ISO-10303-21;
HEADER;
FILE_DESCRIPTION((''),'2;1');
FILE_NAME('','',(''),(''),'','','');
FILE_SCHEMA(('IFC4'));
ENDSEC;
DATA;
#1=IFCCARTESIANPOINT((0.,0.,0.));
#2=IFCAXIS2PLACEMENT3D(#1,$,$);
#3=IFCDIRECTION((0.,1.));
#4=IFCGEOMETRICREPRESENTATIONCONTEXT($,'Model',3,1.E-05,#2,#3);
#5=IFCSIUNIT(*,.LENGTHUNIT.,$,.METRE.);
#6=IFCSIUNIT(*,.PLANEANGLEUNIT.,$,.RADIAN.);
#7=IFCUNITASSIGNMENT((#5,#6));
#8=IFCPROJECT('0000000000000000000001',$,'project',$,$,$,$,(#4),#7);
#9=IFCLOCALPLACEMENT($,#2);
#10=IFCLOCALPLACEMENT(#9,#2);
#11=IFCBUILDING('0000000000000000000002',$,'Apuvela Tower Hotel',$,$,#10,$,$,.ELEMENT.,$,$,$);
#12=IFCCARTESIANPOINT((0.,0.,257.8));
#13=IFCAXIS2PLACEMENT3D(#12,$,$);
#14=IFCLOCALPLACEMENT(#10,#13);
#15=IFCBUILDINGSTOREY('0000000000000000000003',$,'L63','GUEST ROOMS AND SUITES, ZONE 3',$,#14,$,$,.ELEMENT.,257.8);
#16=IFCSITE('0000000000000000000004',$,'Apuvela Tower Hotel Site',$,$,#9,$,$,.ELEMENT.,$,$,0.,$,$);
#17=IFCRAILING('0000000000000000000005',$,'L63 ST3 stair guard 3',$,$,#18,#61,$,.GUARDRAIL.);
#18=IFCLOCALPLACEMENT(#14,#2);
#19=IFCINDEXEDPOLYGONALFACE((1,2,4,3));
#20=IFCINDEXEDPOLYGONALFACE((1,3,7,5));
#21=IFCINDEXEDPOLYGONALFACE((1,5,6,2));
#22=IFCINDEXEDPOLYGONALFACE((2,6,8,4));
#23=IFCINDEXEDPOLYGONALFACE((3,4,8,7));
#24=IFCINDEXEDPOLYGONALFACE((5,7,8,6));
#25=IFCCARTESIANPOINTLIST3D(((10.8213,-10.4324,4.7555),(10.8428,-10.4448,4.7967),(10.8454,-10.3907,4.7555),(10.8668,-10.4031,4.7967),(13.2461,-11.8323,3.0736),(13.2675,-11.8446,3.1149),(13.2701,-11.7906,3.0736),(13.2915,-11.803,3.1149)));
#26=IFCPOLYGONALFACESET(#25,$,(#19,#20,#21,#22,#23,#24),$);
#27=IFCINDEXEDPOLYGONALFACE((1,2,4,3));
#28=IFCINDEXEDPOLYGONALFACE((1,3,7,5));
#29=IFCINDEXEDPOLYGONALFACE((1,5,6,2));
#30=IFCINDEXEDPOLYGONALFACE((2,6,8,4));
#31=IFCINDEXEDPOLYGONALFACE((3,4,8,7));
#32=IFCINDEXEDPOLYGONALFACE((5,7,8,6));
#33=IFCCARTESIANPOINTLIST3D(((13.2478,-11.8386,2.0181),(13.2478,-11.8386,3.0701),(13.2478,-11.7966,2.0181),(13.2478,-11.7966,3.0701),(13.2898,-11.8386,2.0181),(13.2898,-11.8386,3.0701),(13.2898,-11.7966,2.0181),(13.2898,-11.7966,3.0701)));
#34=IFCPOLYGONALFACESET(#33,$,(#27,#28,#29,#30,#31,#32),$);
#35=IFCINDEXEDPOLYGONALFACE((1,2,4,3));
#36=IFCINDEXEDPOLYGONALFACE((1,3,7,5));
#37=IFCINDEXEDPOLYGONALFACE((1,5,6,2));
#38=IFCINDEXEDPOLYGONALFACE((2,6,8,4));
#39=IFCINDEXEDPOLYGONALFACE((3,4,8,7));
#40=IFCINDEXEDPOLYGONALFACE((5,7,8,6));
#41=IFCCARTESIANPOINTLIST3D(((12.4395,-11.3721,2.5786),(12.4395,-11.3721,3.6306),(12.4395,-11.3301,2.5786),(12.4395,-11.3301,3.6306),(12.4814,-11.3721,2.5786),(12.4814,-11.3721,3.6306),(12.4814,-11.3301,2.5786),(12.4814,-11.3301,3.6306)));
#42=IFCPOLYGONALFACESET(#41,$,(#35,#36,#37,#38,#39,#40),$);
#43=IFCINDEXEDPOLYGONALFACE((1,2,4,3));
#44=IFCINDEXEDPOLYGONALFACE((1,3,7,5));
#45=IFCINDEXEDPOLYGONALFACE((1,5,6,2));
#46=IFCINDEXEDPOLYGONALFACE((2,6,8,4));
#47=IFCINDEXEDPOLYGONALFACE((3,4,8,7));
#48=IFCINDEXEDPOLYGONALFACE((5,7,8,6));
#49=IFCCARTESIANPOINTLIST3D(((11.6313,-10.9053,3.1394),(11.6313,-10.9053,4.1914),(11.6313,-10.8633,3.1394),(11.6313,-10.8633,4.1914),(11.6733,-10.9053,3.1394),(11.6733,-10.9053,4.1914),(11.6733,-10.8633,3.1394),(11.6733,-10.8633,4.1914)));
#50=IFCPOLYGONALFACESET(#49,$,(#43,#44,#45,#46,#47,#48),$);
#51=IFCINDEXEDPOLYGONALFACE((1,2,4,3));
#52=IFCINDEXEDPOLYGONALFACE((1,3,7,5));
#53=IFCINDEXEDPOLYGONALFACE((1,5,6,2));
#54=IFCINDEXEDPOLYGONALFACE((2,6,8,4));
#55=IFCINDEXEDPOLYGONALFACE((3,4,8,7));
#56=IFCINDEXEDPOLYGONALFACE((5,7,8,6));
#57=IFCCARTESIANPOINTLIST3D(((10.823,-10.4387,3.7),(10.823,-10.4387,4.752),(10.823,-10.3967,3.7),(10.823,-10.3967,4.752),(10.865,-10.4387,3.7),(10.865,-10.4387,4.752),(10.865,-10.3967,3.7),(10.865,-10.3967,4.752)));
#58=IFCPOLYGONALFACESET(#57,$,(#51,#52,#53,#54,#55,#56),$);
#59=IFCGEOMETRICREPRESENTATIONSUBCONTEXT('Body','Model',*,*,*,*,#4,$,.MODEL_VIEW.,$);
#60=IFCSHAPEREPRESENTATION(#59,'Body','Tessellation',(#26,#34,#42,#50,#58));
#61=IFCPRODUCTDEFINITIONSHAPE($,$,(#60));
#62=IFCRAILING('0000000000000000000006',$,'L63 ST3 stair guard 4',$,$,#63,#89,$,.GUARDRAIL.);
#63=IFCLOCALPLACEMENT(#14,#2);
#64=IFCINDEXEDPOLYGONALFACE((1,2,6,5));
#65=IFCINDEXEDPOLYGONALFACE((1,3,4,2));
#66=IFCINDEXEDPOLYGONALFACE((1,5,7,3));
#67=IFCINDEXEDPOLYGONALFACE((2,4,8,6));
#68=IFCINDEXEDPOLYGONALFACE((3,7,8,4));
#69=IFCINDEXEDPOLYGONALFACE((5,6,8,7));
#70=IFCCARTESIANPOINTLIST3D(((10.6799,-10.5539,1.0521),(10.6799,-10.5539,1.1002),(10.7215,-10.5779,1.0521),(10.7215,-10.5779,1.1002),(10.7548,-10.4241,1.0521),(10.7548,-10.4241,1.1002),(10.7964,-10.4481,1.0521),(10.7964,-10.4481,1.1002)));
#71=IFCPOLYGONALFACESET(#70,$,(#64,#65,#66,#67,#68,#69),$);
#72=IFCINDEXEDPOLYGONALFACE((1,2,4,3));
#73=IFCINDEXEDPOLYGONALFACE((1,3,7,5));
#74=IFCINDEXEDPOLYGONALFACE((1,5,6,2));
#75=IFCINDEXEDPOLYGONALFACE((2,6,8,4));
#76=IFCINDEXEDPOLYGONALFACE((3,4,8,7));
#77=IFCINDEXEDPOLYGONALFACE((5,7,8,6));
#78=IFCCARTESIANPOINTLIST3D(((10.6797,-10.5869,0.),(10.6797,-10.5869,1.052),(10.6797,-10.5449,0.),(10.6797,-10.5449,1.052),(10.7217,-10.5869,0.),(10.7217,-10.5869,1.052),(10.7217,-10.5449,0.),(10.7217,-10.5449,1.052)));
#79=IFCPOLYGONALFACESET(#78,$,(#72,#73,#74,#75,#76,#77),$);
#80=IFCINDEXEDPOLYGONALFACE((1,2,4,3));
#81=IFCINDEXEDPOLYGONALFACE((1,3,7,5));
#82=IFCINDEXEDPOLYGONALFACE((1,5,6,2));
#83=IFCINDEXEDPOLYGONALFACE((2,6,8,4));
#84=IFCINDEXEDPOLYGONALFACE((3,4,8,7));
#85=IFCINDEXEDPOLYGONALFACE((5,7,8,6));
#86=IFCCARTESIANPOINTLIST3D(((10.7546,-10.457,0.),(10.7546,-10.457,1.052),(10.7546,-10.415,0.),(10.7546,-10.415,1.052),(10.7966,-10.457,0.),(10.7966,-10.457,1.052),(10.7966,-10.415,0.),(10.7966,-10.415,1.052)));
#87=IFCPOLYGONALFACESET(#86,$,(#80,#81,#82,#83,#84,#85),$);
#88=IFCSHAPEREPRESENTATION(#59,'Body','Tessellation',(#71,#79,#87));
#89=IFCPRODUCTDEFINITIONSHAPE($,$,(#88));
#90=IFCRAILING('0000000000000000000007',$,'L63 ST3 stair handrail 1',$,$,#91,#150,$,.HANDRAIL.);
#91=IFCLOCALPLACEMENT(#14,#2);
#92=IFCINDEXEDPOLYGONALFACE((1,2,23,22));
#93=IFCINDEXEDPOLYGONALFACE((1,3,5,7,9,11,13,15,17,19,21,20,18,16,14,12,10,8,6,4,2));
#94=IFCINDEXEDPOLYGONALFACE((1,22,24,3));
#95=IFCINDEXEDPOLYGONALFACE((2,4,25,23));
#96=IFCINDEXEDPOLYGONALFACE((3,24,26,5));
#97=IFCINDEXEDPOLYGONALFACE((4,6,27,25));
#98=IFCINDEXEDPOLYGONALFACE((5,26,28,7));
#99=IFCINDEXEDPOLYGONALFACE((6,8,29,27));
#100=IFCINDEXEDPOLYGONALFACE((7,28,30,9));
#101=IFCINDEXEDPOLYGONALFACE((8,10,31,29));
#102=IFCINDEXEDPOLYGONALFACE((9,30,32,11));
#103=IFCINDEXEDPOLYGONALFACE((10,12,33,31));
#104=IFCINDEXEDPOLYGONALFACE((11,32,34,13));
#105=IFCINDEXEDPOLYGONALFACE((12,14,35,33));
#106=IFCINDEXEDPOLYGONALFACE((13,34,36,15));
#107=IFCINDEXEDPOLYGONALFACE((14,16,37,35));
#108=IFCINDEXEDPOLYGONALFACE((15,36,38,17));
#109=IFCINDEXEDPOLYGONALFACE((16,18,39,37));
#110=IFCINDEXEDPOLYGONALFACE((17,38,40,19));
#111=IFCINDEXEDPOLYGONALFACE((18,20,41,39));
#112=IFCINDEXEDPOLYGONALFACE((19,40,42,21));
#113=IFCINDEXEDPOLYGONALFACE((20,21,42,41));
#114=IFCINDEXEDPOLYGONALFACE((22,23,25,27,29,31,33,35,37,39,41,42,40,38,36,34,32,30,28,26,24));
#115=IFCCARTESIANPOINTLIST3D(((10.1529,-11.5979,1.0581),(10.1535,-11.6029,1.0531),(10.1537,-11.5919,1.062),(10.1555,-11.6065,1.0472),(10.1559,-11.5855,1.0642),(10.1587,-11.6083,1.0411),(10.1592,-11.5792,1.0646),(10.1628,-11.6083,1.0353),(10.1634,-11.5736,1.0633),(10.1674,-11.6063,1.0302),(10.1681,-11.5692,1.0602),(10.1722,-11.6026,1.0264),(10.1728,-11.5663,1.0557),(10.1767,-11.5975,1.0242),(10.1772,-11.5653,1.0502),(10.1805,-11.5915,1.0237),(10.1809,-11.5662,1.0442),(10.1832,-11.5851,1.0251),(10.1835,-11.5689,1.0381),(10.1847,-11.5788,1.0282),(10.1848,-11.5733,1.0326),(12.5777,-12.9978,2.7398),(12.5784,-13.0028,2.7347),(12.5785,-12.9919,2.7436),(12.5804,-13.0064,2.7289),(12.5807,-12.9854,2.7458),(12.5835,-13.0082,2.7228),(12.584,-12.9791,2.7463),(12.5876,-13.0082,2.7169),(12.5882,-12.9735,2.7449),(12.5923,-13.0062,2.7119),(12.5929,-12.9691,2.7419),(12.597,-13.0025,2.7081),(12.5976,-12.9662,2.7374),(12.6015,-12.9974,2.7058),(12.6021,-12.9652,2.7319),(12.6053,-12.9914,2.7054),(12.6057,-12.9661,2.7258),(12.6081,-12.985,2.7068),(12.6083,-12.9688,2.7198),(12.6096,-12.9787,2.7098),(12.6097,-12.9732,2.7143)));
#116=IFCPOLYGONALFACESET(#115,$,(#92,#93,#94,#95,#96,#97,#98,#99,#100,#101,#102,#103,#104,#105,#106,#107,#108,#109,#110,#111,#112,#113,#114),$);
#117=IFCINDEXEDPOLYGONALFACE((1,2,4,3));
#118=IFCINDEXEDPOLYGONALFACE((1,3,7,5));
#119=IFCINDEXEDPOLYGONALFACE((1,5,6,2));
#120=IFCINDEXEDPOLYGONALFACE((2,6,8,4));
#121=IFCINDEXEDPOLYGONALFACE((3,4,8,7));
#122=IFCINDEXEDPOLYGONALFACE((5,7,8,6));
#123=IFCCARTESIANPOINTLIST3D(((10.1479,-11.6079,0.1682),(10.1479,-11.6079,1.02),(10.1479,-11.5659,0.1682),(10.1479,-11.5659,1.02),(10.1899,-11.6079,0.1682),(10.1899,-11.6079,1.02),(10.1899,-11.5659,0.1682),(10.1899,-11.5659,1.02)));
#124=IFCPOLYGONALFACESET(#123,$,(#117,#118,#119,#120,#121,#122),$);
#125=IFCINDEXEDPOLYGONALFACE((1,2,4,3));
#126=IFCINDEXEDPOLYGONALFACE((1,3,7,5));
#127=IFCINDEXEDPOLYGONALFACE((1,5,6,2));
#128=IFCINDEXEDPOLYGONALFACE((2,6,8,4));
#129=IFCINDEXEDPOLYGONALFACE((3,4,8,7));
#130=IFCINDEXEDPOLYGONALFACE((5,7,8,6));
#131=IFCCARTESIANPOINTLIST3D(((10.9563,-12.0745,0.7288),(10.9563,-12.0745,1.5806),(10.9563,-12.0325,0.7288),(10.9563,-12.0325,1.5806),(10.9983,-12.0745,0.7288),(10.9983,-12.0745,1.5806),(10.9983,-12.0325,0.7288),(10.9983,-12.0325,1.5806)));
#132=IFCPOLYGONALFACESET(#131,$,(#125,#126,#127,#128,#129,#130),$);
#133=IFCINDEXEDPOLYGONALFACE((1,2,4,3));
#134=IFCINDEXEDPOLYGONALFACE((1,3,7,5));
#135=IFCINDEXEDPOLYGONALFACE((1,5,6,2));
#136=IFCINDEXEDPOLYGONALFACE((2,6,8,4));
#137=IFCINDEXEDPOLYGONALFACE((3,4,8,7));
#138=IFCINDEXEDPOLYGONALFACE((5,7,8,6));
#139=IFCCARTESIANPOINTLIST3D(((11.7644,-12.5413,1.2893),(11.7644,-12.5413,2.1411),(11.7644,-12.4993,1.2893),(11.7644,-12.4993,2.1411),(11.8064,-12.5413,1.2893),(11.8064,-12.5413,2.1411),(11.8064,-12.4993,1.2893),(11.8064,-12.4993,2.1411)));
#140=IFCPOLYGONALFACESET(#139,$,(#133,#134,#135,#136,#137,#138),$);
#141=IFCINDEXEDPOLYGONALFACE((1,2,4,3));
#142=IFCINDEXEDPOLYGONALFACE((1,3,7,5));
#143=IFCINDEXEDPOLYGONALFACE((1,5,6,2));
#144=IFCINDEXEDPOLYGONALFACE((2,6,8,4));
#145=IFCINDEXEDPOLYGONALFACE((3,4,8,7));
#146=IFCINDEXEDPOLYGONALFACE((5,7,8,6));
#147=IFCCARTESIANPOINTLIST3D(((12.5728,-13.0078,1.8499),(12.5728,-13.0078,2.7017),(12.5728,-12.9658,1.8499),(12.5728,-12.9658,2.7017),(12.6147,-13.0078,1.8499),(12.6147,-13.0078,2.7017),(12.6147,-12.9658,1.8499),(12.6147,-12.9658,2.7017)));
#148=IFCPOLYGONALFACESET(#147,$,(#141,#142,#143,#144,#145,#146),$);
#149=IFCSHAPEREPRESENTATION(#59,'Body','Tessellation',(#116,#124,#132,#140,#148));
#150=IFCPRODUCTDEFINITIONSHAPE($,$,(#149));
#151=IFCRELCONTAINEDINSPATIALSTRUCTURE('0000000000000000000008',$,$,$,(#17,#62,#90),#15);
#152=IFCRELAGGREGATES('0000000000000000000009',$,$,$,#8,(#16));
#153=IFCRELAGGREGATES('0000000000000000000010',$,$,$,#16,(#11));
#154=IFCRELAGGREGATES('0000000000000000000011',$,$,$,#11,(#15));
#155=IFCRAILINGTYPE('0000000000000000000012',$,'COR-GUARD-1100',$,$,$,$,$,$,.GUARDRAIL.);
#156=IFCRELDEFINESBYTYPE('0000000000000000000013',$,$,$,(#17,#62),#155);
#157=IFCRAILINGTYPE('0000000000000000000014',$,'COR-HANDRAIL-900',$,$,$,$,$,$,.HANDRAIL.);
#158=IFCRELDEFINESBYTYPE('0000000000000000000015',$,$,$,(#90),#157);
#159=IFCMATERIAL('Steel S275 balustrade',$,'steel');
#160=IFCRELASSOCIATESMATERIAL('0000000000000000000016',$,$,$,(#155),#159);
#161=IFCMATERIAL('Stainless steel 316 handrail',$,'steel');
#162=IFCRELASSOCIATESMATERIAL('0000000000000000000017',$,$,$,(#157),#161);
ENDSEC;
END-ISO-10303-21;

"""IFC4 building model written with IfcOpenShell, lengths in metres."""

from ifc_helpers import new_model, si_unit, direction, frame, origin, origin_2d, place, context, subcontext, project, spatial, rectangle, circle, extrude, material, type_object, element, save


model = new_model("IFC4")

# Units and contexts
model_context = context("Model", 3, precision=1e-05, world=origin(), true_north=direction((0.0, 1.0)))
body_context = subcontext(model_context, "Body", "Model", "MODEL_VIEW")
ifc_project = project(units=[si_unit("LENGTHUNIT", "METRE"), si_unit("PLANEANGLEUNIT", "RADIAN")], contexts=[model_context])

# Site, building, storey
site_placement = place(None, origin())
site = spatial("IfcSite", under=ifc_project, at=site_placement, Name="Apuvela Tower Hotel Site", CompositionType="ELEMENT", RefElevation=0.0)
building_placement = place(site_placement, origin())
building = spatial("IfcBuilding", under=site, at=building_placement, Name="Apuvela Tower Hotel", CompositionType="ELEMENT")
storey_placement = place(building_placement, frame((0.0, 0.0, 257.8)))
storey = spatial("IfcBuildingStorey", under=building, at=storey_placement, Name="L63", Description="GUEST ROOMS AND SUITES, ZONE 3", CompositionType="ELEMENT", Elevation=257.8)

# Railings
ifc_material_1 = material(Name="Steel S275 balustrade", Category="steel")
railing_type_1 = type_object("IfcRailingType", Name="COR-GUARD-1100", PredefinedType="GUARDRAIL", material=ifc_material_1)
railing_1_placement = place(storey_placement, frame((13.2688, -11.8176, 2.0181)))
element("IfcRailing", 1, at=railing_1_placement, inside=storey, type_object=railing_type_1, Name="L63 ST3 stair guard 3", PredefinedType="GUARDRAIL", context=body_context, shape_type="SweptSolid", body=[
    extrude(rectangle(XDim=0.0481, YDim=0.0481, at=origin_2d()), frame((0.0, 0.0, 1.0762), z_axis=(-0.74239, 0.428601, 0.514934), x_axis=(-0.499984, -0.866035, 0.0)), (0.0, 0.0, 1.0), 3.2661),
    extrude(rectangle(XDim=0.042, YDim=0.042, at=origin_2d()), origin(), (0.0, 0.0, 1.0), 1.052),
    extrude(rectangle(XDim=0.042, YDim=0.042, at=origin_2d()), frame((-0.8083, 0.4666, 0.5605)), (0.0, 0.0, 1.0), 1.052),
    extrude(rectangle(XDim=0.042, YDim=0.042, at=origin_2d()), frame((-1.6165, 0.9333, 1.1213)), (0.0, 0.0, 1.0), 1.052),
    extrude(rectangle(XDim=0.042, YDim=0.042, at=origin_2d()), frame((-2.4248, 1.3999, 1.6819)), (0.0, 0.0, 1.0), 1.052),
])
railing_2_placement = place(storey_placement, frame((10.7007, -10.5659, 0.0)))
element("IfcRailing", 2, at=railing_2_placement, inside=storey, type_object=railing_type_1, Name="L63 ST3 stair guard 4", PredefinedType="GUARDRAIL", context=body_context, shape_type="SweptSolid", body=[
    extrude(rectangle(XDim=0.0481, YDim=0.0481, at=origin_2d()), frame((0.0, 0.0, 1.0762), z_axis=(0.499816, 0.866131, 0.0), x_axis=(-0.866131, 0.499816, 0.0)), (0.0, 0.0, 1.0), 0.1499),
    extrude(rectangle(XDim=0.042, YDim=0.042, at=origin_2d()), origin(), (0.0, 0.0, 1.0), 1.052),
    extrude(rectangle(XDim=0.042, YDim=0.042, at=origin_2d()), frame((0.075, 0.1299, 0.0)), (0.0, 0.0, 1.0), 1.052),
])
ifc_material_2 = material(Name="Stainless steel 316 handrail", Category="steel")
railing_type_2 = type_object("IfcRailingType", Name="COR-HANDRAIL-900", PredefinedType="HANDRAIL", material=ifc_material_2)
railing_3_placement = place(storey_placement, frame((10.1689, -11.5869, 0.1682)))
element("IfcRailing", 3, at=railing_3_placement, inside=storey, type_object=railing_type_2, Name="L63 ST3 stair handrail 1", PredefinedType="HANDRAIL", context=body_context, shape_type="SweptSolid", body=[
    extrude(circle(Radius=0.0239, at=origin_2d()), frame((0.0, 0.0, 0.876), z_axis=(0.742419, -0.428618, 0.514879), x_axis=(0.499984, 0.866035, 0.0)), (0.0, 0.0, 1.0), 3.2661),
    extrude(rectangle(XDim=0.042, YDim=0.042, at=origin_2d()), origin(), (0.0, 0.0, 1.0), 0.8518),
    extrude(rectangle(XDim=0.042, YDim=0.042, at=origin_2d()), frame((0.8083, -0.4666, 0.5605)), (0.0, 0.0, 1.0), 0.8518),
    extrude(rectangle(XDim=0.042, YDim=0.042, at=origin_2d()), frame((1.6165, -0.9333, 1.1211)), (0.0, 0.0, 1.0), 0.8518),
    extrude(rectangle(XDim=0.042, YDim=0.042, at=origin_2d()), frame((2.4248, -1.3999, 1.6816)), (0.0, 0.0, 1.0), 0.8518),
])

save(model, "model.ifc")
